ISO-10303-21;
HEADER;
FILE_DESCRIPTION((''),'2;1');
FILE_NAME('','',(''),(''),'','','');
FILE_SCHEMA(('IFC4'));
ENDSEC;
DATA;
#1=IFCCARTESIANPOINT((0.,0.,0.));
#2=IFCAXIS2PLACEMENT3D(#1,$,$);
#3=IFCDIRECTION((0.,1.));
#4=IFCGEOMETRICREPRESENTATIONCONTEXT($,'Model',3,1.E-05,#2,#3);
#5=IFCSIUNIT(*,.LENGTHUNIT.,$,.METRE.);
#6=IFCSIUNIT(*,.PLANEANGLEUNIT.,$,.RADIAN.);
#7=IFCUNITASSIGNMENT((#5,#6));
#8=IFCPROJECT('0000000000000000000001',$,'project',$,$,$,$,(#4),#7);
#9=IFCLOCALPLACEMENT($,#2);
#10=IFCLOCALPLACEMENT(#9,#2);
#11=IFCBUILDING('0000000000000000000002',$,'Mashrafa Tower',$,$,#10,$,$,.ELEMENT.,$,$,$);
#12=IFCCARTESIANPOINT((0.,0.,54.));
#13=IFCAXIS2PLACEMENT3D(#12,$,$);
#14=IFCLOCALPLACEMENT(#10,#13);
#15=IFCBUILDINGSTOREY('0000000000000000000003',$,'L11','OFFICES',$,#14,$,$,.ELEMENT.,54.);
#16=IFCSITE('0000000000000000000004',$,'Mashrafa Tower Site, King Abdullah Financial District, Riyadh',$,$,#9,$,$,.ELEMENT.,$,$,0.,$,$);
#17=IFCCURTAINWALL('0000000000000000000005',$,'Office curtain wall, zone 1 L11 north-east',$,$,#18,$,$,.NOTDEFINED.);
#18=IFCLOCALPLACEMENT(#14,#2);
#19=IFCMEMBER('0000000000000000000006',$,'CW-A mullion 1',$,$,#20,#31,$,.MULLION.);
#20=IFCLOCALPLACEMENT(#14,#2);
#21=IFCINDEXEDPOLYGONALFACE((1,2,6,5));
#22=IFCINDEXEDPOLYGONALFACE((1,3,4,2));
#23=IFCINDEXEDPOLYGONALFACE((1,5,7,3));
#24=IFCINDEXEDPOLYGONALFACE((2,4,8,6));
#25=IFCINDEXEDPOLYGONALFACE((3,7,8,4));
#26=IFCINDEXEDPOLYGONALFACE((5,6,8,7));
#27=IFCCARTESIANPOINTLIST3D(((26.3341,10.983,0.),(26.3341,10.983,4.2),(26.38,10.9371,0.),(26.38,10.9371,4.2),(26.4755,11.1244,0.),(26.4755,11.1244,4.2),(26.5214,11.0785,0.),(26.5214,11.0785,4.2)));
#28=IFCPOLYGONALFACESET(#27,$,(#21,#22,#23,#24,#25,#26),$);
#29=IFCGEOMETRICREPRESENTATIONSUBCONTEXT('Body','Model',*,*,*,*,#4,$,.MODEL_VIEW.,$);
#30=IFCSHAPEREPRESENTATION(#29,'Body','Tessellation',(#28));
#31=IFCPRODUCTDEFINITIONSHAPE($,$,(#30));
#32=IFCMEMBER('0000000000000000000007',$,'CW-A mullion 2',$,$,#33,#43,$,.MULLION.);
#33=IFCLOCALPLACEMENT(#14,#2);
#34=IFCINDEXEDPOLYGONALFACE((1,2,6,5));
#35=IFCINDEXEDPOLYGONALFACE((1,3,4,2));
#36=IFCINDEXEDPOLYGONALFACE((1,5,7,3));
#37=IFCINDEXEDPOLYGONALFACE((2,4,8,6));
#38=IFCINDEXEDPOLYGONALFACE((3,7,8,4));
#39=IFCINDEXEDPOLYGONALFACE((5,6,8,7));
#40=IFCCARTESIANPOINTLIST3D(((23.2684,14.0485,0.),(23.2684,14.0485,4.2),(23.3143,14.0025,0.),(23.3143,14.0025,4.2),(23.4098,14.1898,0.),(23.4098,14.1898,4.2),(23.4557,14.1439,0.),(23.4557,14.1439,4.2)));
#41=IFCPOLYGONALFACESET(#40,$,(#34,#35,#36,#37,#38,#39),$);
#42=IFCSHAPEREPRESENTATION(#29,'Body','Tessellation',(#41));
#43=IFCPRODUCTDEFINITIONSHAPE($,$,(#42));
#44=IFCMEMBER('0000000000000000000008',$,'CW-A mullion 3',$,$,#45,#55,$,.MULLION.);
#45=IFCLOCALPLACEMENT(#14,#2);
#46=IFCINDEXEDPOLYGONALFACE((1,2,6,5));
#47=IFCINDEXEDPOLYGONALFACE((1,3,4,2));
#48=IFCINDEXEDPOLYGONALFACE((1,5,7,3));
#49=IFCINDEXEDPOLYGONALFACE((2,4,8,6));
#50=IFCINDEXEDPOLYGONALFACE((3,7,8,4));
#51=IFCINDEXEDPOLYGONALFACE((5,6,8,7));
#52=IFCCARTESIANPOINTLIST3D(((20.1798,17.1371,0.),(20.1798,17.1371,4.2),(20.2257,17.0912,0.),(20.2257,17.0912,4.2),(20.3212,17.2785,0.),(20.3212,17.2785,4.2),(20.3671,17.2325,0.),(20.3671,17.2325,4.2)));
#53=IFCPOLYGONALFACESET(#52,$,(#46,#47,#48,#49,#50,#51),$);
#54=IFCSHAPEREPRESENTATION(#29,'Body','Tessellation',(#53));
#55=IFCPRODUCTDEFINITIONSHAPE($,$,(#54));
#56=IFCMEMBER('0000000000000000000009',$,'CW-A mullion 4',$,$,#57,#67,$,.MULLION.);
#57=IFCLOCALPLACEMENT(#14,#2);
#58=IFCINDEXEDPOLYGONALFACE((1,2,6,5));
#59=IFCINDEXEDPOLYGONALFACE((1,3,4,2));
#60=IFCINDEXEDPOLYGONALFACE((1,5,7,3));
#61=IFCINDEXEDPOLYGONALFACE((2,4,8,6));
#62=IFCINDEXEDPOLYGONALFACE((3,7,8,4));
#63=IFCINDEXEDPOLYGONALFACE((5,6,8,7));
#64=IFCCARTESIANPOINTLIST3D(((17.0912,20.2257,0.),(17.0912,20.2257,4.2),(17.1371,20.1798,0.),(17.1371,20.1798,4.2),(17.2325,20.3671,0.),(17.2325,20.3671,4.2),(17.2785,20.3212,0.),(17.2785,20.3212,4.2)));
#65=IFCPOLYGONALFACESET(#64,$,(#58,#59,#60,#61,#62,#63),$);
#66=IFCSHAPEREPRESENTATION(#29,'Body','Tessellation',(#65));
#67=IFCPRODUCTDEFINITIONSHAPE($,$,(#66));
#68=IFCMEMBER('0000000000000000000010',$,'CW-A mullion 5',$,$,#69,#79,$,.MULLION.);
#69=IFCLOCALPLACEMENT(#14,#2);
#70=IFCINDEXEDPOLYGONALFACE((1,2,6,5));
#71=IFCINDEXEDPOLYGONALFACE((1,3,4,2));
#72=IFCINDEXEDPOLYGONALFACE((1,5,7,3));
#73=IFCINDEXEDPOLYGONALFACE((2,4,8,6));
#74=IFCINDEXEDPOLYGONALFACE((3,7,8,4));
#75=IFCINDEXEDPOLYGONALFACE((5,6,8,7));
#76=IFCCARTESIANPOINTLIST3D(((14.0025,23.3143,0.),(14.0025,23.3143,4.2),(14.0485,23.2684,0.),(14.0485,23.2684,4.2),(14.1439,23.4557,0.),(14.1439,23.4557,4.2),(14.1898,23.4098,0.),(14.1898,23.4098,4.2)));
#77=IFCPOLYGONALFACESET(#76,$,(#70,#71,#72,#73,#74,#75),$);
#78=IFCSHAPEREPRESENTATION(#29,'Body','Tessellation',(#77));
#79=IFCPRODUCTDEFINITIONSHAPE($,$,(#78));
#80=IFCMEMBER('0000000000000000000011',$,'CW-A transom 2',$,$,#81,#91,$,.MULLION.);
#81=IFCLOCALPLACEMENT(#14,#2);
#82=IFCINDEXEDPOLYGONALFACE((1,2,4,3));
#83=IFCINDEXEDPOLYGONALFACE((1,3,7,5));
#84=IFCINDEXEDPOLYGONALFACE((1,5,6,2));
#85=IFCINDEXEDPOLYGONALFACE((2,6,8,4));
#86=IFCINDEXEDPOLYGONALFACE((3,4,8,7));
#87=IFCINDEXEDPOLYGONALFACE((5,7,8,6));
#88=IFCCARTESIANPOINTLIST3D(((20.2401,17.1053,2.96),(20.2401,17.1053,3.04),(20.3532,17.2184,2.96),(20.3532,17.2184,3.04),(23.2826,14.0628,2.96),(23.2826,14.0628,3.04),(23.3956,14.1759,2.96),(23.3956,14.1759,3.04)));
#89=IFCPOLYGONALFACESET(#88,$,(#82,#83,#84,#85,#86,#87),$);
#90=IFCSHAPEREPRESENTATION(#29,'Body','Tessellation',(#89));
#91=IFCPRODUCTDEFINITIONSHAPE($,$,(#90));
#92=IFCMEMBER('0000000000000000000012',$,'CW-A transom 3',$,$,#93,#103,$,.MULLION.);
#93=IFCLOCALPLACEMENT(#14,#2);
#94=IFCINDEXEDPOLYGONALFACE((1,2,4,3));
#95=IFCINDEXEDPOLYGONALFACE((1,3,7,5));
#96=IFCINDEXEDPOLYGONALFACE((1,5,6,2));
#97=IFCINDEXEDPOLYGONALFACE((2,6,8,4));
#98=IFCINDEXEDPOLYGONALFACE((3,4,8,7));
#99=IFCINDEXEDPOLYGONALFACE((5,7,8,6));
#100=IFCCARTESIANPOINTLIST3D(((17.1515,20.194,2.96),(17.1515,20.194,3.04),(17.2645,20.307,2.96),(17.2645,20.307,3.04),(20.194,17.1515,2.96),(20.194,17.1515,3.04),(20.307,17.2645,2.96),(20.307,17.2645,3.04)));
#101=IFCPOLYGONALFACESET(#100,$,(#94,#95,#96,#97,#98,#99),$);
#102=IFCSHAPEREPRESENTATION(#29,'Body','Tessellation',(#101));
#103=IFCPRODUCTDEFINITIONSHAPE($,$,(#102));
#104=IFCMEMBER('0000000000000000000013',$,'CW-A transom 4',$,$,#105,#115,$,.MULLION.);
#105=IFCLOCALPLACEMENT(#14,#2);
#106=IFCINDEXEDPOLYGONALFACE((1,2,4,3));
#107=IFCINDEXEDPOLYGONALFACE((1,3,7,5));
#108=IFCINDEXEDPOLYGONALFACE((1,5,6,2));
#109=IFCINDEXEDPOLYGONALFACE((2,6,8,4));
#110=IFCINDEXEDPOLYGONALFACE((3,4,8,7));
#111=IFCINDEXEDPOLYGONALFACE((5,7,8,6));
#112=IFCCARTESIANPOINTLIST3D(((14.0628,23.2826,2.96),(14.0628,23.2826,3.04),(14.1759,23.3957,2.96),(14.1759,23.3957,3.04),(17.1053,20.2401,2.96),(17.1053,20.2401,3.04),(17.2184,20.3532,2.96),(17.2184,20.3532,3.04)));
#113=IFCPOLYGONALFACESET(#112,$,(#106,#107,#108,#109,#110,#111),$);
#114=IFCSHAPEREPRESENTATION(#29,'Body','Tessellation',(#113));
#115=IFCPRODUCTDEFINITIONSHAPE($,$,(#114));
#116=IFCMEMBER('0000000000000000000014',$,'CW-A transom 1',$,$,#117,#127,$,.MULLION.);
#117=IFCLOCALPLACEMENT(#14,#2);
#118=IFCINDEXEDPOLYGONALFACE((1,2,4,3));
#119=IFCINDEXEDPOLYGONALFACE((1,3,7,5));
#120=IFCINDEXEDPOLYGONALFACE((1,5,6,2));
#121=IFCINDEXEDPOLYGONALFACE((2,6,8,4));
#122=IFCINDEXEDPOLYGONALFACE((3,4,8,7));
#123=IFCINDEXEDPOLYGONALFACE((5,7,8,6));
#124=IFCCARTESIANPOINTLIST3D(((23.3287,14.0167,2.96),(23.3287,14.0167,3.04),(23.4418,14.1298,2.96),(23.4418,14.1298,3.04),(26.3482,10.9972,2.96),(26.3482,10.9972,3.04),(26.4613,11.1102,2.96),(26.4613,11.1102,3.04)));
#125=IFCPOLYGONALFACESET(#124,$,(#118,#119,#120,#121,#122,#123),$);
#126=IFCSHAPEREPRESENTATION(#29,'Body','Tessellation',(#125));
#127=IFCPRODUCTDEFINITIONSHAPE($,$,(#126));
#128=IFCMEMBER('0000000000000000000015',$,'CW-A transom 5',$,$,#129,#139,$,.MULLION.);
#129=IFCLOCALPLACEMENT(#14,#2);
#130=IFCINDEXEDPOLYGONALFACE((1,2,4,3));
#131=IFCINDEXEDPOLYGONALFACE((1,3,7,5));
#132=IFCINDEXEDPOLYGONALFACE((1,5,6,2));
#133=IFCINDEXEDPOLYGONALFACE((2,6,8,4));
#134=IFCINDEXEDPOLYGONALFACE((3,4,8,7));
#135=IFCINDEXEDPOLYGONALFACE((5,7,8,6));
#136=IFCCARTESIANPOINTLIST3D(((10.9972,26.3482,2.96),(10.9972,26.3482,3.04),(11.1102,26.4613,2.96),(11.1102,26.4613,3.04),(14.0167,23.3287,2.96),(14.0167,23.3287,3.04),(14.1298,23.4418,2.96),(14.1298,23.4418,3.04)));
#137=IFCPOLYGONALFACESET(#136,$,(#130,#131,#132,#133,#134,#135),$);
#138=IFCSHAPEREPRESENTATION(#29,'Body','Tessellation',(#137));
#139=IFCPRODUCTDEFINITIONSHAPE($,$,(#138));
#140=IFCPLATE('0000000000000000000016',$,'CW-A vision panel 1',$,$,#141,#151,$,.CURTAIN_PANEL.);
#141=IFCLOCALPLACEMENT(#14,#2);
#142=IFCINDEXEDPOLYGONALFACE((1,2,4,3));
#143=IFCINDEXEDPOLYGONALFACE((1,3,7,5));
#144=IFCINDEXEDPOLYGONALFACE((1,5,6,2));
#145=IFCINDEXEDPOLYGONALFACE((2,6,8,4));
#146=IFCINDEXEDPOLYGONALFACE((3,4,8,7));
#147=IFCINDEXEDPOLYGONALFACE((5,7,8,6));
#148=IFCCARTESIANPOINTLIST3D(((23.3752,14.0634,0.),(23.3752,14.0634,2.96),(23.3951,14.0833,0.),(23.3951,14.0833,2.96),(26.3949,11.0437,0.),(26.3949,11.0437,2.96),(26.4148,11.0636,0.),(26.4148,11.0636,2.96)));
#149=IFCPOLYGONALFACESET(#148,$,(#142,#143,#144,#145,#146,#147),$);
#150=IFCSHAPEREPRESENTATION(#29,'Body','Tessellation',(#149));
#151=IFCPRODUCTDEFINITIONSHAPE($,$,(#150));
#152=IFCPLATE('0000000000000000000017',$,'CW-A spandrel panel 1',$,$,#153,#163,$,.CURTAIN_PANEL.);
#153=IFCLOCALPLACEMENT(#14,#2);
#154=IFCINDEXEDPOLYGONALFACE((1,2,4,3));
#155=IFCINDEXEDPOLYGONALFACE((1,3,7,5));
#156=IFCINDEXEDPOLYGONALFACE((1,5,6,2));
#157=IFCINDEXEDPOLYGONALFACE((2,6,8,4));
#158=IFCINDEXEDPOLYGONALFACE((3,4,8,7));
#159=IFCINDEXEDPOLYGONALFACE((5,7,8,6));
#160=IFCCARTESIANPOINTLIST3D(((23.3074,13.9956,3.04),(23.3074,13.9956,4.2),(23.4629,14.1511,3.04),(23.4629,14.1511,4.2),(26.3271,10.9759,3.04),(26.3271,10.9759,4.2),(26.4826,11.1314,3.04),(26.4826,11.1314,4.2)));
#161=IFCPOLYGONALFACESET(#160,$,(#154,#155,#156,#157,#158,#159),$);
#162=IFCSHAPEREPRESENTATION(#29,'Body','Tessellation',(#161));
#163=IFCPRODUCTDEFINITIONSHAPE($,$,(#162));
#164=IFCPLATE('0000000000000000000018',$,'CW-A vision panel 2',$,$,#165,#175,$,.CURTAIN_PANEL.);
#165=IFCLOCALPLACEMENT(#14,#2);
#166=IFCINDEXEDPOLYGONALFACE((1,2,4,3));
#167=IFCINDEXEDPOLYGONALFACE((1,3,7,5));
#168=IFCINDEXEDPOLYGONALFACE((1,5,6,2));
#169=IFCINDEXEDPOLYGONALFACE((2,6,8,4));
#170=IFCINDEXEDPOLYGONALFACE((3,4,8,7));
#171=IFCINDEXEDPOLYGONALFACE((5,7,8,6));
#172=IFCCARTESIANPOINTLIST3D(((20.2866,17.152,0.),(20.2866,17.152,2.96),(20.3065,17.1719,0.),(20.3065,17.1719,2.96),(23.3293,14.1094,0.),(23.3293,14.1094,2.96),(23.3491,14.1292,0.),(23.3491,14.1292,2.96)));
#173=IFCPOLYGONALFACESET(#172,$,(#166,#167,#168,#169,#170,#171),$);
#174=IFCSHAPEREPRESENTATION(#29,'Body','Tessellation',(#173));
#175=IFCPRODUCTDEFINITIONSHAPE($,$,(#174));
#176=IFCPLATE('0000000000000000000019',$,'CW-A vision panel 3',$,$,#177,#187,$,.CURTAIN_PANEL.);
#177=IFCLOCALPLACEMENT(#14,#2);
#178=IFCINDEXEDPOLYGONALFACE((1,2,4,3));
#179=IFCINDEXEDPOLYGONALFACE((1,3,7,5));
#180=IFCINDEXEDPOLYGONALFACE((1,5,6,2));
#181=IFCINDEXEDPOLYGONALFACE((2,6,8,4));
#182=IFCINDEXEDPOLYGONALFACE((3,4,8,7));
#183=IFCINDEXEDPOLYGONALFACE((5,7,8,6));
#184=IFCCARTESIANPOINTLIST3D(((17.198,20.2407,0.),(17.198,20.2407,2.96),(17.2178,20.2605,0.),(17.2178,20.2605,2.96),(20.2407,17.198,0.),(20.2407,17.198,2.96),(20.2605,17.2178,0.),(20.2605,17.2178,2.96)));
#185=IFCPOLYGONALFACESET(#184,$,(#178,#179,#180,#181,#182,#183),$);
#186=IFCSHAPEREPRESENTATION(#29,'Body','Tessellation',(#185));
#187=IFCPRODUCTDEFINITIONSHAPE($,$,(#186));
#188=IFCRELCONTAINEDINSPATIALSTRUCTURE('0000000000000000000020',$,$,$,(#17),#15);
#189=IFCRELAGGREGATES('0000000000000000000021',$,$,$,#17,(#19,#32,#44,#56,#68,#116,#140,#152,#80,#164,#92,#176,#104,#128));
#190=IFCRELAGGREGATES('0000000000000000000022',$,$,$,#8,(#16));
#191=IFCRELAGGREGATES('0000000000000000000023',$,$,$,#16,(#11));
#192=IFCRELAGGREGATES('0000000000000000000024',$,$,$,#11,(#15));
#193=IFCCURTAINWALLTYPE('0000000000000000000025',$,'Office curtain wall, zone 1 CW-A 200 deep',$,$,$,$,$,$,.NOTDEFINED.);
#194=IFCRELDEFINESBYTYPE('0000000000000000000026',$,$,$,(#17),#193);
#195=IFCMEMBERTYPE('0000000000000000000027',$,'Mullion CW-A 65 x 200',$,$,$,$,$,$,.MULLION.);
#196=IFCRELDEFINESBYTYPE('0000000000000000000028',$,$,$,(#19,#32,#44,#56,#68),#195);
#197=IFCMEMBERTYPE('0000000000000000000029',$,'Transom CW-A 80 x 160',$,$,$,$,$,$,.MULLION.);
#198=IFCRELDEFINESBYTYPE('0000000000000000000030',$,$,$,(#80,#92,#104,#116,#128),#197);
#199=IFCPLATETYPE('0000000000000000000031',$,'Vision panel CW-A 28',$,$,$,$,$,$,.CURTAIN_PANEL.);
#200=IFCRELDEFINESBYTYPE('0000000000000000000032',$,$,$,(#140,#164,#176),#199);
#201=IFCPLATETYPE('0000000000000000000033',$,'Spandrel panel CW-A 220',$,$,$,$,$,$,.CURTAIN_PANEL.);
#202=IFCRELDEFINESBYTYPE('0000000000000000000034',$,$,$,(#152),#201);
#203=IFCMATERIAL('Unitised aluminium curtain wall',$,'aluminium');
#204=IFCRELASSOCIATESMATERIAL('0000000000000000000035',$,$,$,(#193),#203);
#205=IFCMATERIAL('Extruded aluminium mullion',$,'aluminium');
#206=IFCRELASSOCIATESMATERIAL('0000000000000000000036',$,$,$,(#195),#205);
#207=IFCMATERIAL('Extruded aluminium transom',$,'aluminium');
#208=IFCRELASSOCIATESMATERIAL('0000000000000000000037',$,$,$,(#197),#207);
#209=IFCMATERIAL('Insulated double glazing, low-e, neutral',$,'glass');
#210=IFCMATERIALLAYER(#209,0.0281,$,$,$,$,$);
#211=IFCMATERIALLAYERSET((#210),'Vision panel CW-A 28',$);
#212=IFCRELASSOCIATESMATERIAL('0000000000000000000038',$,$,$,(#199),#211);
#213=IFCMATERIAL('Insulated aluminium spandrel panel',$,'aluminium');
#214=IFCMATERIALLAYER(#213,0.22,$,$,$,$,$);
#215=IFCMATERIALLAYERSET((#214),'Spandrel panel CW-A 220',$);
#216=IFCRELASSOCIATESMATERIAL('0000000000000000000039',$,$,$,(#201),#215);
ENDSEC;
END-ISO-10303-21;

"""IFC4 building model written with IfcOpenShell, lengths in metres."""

from ifc_helpers import new_model, si_unit, direction, frame, origin, origin_2d, place, context, subcontext, project, spatial, rectangle, extrude, source, transform, mapped, material, layer, layer_set, material_profile, profile_set, type_object, type_shapes, element, aggregate, save


model = new_model("IFC4")

# Units and contexts
model_context = context("Model", 3, precision=1e-05, world=origin(), true_north=direction((0.0, 1.0)))
body_context = subcontext(model_context, "Body", "Model", "MODEL_VIEW")
ifc_project = project(units=[si_unit("LENGTHUNIT", "METRE"), si_unit("PLANEANGLEUNIT", "RADIAN")], contexts=[model_context])

# Site, building, storey
site_placement = place(None, origin())
site = spatial("IfcSite", under=ifc_project, at=site_placement, Name="Mashrafa Tower Site, King Abdullah Financial District, Riyadh", CompositionType="ELEMENT", RefElevation=0.0)
building_placement = place(site_placement, origin())
building = spatial("IfcBuilding", under=site, at=building_placement, Name="Mashrafa Tower", CompositionType="ELEMENT")
storey_placement = place(building_placement, frame((0.0, 0.0, 54.0)))
storey = spatial("IfcBuildingStorey", under=building, at=storey_placement, Name="L11", Description="OFFICES", CompositionType="ELEMENT", Elevation=54.0)

# Shared definitions
ifc_material_1 = material(Name="Unitised aluminium curtain wall", Category="aluminium")
curtain_wall_type = type_object("IfcCurtainWallType", Name="Office curtain wall, zone 1 CW-A 200 deep", PredefinedType="NOTDEFINED", material=ifc_material_1)
ifc_material_2 = material(Name="Extruded aluminium mullion", Category="aluminium")
ifc_material_profile_1 = material_profile(ifc_material_2, rectangle(XDim=0.2, YDim=0.0649, at=origin_2d()), Name="Mullion 65x200")
ifc_profile_set_1 = profile_set([ifc_material_profile_1], Name="Extruded aluminium mullion")
member_type_1 = type_object("IfcMemberType", Name="Mullion CW-A 65 x 200", PredefinedType="MULLION", material=ifc_profile_set_1)
shared_shape_1 = source(origin(), body_context, "Body", "SweptSolid", [
    extrude(rectangle(XDim=0.2, YDim=0.0649, at=origin_2d()), origin(), (0.0, 0.0, 1.0), 4.2),
])
type_shapes(member_type_1, [shared_shape_1])

# Curtain wall, members, plates
curtain_wall_1_placement = place(storey_placement, origin())
curtain_wall_1 = element("IfcCurtainWall", 1, at=curtain_wall_1_placement, inside=storey, type_object=curtain_wall_type, Name="Office curtain wall, zone 1 L11 north-east", PredefinedType="NOTDEFINED")
member_1_placement = place(storey_placement, frame((26.4277, 11.0308, 0.0), z_axis=(0.0, 0.0, 1.0), x_axis=(-0.707107, -0.707107, 0.0)))
member_1 = element("IfcMember", 2, at=member_1_placement, type_object=member_type_1, Name="CW-A mullion 1", PredefinedType="MULLION", context=body_context, shape_type="MappedRepresentation", body=[
    mapped(shared_shape_1, transform((0.0, 0.0, 0.0))),
])
member_2_placement = place(storey_placement, frame((23.3621, 14.0962, 0.0), z_axis=(0.0, 0.0, 1.0), x_axis=(-0.707107, -0.707107, 0.0)))
member_2 = element("IfcMember", 3, at=member_2_placement, type_object=member_type_1, Name="CW-A mullion 2", PredefinedType="MULLION", context=body_context, shape_type="MappedRepresentation", body=[
    mapped(shared_shape_1, transform((0.0, 0.0, 0.0))),
])
member_3_placement = place(storey_placement, frame((20.2734, 17.1848, 0.0), z_axis=(0.0, 0.0, 1.0), x_axis=(-0.707107, -0.707107, 0.0)))
member_3 = element("IfcMember", 4, at=member_3_placement, type_object=member_type_1, Name="CW-A mullion 3", PredefinedType="MULLION", context=body_context, shape_type="MappedRepresentation", body=[
    mapped(shared_shape_1, transform((0.0, 0.0, 0.0))),
])
member_4_placement = place(storey_placement, frame((17.1848, 20.2734, 0.0), z_axis=(0.0, 0.0, 1.0), x_axis=(-0.707107, -0.707107, 0.0)))
member_4 = element("IfcMember", 5, at=member_4_placement, type_object=member_type_1, Name="CW-A mullion 4", PredefinedType="MULLION", context=body_context, shape_type="MappedRepresentation", body=[
    mapped(shared_shape_1, transform((0.0, 0.0, 0.0))),
])
member_5_placement = place(storey_placement, frame((14.0962, 23.3621, 0.0), z_axis=(0.0, 0.0, 1.0), x_axis=(-0.707107, -0.707107, 0.0)))
member_5 = element("IfcMember", 6, at=member_5_placement, type_object=member_type_1, Name="CW-A mullion 5", PredefinedType="MULLION", context=body_context, shape_type="MappedRepresentation", body=[
    mapped(shared_shape_1, transform((0.0, 0.0, 0.0))),
])
ifc_material_3 = material(Name="Extruded aluminium transom", Category="aluminium")
ifc_material_profile_2 = material_profile(ifc_material_3, rectangle(XDim=0.1599, YDim=0.0801, at=origin_2d()), Name="Transom 80x160")
ifc_profile_set_2 = profile_set([ifc_material_profile_2], Name="Extruded aluminium transom")
member_type_2 = type_object("IfcMemberType", Name="Transom CW-A 80 x 160", PredefinedType="MULLION", material=ifc_profile_set_2)
shared_shape_2 = source(origin(), body_context, "Body", "SweptSolid", [
    extrude(rectangle(XDim=0.1599, YDim=0.0801, at=origin_2d()), origin(), (0.0, 0.0, 1.0), 4.3027),
])
member_6_placement = place(storey_placement, frame((23.3391, 14.1194, 3.0), z_axis=(-0.707107, 0.707107, 0.0), x_axis=(-0.707107, -0.707107, 0.0)))
member_6 = element("IfcMember", 7, at=member_6_placement, type_object=member_type_2, Name="CW-A transom 2", PredefinedType="MULLION", context=body_context, shape_type="MappedRepresentation", body=[
    mapped(shared_shape_2, transform((0.0, 0.0, 0.0))),
])
member_7_placement = place(storey_placement, frame((20.2505, 17.208, 3.0), z_axis=(-0.707107, 0.707107, 0.0), x_axis=(-0.707107, -0.707107, 0.0)))
member_7 = element("IfcMember", 8, at=member_7_placement, type_object=member_type_2, Name="CW-A transom 3", PredefinedType="MULLION", context=body_context, shape_type="MappedRepresentation", body=[
    mapped(shared_shape_2, transform((0.0, 0.0, 0.0))),
])
member_8_placement = place(storey_placement, frame((17.1619, 20.2966, 3.0), z_axis=(-0.707107, 0.707107, 0.0), x_axis=(-0.707107, -0.707107, 0.0)))
member_8 = element("IfcMember", 9, at=member_8_placement, type_object=member_type_2, Name="CW-A transom 4", PredefinedType="MULLION", context=body_context, shape_type="MappedRepresentation", body=[
    mapped(shared_shape_2, transform((0.0, 0.0, 0.0))),
])
shared_shape_3 = source(origin(), body_context, "Body", "SweptSolid", [
    extrude(rectangle(XDim=0.1599, YDim=0.0801, at=origin_2d()), origin(), (0.0, 0.0, 1.0), 4.2703),
])
type_shapes(member_type_2, [shared_shape_2, shared_shape_3])
member_9_placement = place(storey_placement, frame((26.4048, 11.0537, 3.0), z_axis=(-0.707107, 0.707107, 0.0), x_axis=(-0.707107, -0.707107, 0.0)))
member_9 = element("IfcMember", 10, at=member_9_placement, type_object=member_type_2, Name="CW-A transom 1", PredefinedType="MULLION", context=body_context, shape_type="MappedRepresentation", body=[
    mapped(shared_shape_3, transform((0.0, 0.0, 0.0))),
])
member_10_placement = place(storey_placement, frame((14.0732, 23.3853, 3.0), z_axis=(-0.707107, 0.707107, 0.0), x_axis=(-0.707107, -0.707107, 0.0)))
member_10 = element("IfcMember", 11, at=member_10_placement, type_object=member_type_2, Name="CW-A transom 5", PredefinedType="MULLION", context=body_context, shape_type="MappedRepresentation", body=[
    mapped(shared_shape_3, transform((0.0, 0.0, 0.0))),
])
ifc_material_4 = material(Name="Insulated double glazing, low-e, neutral", Category="glass")
ifc_layer_1 = layer(ifc_material_4, 0.0281)
ifc_layer_set_1 = layer_set([ifc_layer_1], Name="Vision panel CW-A 28")
plate_type_1 = type_object("IfcPlateType", Name="Vision panel CW-A 28", PredefinedType="CURTAIN_PANEL", material=ifc_layer_set_1)
shared_shape_4 = source(origin(), body_context, "Body", "SweptSolid", [
    extrude(rectangle(XDim=4.2705, YDim=0.0281, at=origin_2d()), origin(), (0.0, 0.0, 1.0), 2.96),
])
plate_1_placement = place(storey_placement, frame((24.895, 12.5635, 0.0), z_axis=(0.0, 0.0, 1.0), x_axis=(-0.707107, 0.707107, 0.0)))
plate_1 = element("IfcPlate", 12, at=plate_1_placement, type_object=plate_type_1, Name="CW-A vision panel 1", PredefinedType="CURTAIN_PANEL", context=body_context, shape_type="MappedRepresentation", body=[
    mapped(shared_shape_4, transform((0.0, 0.0, 0.0))),
])
ifc_material_5 = material(Name="Insulated aluminium spandrel panel", Category="aluminium")
ifc_layer_2 = layer(ifc_material_5, 0.22)
ifc_layer_set_2 = layer_set([ifc_layer_2], Name="Spandrel panel CW-A 220")
plate_type_2 = type_object("IfcPlateType", Name="Spandrel panel CW-A 220", PredefinedType="CURTAIN_PANEL", material=ifc_layer_set_2)
shared_shape_5 = source(origin(), body_context, "Body", "SweptSolid", [
    extrude(rectangle(XDim=4.2705, YDim=0.22, at=origin_2d()), origin(), (0.0, 0.0, 1.0), 1.1599),
])
plate_2_placement = place(storey_placement, frame((24.895, 12.5635, 3.04), z_axis=(0.0, 0.0, 1.0), x_axis=(-0.707107, 0.707107, 0.0)))
plate_2 = element("IfcPlate", 13, at=plate_2_placement, type_object=plate_type_2, Name="CW-A spandrel panel 1", PredefinedType="CURTAIN_PANEL", context=body_context, shape_type="MappedRepresentation", body=[
    mapped(shared_shape_5, transform((0.0, 0.0, 0.0))),
])
shared_shape_6 = source(origin(), body_context, "Body", "SweptSolid", [
    extrude(rectangle(XDim=4.303, YDim=0.0281, at=origin_2d()), origin(), (0.0, 0.0, 1.0), 2.96),
])
type_shapes(plate_type_1, [shared_shape_4, shared_shape_6])
plate_3_placement = place(storey_placement, frame((21.8179, 15.6406, 0.0), z_axis=(0.0, 0.0, 1.0), x_axis=(-0.707107, 0.707107, 0.0)))
plate_3 = element("IfcPlate", 14, at=plate_3_placement, type_object=plate_type_1, Name="CW-A vision panel 2", PredefinedType="CURTAIN_PANEL", context=body_context, shape_type="MappedRepresentation", body=[
    mapped(shared_shape_6, transform((0.0, 0.0, 0.0))),
])
plate_4_placement = place(storey_placement, frame((18.7292, 18.7292, 0.0), z_axis=(0.0, 0.0, 1.0), x_axis=(-0.707107, 0.707107, 0.0)))
plate_4 = element("IfcPlate", 15, at=plate_4_placement, type_object=plate_type_1, Name="CW-A vision panel 3", PredefinedType="CURTAIN_PANEL", context=body_context, shape_type="MappedRepresentation", body=[
    mapped(shared_shape_6, transform((0.0, 0.0, 0.0))),
])
aggregate(curtain_wall_1, [member_1, member_2, member_3, member_4, member_5, member_9, plate_1, plate_2, member_6, plate_3, member_7, plate_4, member_8, member_10])

save(model, "model.ifc")
